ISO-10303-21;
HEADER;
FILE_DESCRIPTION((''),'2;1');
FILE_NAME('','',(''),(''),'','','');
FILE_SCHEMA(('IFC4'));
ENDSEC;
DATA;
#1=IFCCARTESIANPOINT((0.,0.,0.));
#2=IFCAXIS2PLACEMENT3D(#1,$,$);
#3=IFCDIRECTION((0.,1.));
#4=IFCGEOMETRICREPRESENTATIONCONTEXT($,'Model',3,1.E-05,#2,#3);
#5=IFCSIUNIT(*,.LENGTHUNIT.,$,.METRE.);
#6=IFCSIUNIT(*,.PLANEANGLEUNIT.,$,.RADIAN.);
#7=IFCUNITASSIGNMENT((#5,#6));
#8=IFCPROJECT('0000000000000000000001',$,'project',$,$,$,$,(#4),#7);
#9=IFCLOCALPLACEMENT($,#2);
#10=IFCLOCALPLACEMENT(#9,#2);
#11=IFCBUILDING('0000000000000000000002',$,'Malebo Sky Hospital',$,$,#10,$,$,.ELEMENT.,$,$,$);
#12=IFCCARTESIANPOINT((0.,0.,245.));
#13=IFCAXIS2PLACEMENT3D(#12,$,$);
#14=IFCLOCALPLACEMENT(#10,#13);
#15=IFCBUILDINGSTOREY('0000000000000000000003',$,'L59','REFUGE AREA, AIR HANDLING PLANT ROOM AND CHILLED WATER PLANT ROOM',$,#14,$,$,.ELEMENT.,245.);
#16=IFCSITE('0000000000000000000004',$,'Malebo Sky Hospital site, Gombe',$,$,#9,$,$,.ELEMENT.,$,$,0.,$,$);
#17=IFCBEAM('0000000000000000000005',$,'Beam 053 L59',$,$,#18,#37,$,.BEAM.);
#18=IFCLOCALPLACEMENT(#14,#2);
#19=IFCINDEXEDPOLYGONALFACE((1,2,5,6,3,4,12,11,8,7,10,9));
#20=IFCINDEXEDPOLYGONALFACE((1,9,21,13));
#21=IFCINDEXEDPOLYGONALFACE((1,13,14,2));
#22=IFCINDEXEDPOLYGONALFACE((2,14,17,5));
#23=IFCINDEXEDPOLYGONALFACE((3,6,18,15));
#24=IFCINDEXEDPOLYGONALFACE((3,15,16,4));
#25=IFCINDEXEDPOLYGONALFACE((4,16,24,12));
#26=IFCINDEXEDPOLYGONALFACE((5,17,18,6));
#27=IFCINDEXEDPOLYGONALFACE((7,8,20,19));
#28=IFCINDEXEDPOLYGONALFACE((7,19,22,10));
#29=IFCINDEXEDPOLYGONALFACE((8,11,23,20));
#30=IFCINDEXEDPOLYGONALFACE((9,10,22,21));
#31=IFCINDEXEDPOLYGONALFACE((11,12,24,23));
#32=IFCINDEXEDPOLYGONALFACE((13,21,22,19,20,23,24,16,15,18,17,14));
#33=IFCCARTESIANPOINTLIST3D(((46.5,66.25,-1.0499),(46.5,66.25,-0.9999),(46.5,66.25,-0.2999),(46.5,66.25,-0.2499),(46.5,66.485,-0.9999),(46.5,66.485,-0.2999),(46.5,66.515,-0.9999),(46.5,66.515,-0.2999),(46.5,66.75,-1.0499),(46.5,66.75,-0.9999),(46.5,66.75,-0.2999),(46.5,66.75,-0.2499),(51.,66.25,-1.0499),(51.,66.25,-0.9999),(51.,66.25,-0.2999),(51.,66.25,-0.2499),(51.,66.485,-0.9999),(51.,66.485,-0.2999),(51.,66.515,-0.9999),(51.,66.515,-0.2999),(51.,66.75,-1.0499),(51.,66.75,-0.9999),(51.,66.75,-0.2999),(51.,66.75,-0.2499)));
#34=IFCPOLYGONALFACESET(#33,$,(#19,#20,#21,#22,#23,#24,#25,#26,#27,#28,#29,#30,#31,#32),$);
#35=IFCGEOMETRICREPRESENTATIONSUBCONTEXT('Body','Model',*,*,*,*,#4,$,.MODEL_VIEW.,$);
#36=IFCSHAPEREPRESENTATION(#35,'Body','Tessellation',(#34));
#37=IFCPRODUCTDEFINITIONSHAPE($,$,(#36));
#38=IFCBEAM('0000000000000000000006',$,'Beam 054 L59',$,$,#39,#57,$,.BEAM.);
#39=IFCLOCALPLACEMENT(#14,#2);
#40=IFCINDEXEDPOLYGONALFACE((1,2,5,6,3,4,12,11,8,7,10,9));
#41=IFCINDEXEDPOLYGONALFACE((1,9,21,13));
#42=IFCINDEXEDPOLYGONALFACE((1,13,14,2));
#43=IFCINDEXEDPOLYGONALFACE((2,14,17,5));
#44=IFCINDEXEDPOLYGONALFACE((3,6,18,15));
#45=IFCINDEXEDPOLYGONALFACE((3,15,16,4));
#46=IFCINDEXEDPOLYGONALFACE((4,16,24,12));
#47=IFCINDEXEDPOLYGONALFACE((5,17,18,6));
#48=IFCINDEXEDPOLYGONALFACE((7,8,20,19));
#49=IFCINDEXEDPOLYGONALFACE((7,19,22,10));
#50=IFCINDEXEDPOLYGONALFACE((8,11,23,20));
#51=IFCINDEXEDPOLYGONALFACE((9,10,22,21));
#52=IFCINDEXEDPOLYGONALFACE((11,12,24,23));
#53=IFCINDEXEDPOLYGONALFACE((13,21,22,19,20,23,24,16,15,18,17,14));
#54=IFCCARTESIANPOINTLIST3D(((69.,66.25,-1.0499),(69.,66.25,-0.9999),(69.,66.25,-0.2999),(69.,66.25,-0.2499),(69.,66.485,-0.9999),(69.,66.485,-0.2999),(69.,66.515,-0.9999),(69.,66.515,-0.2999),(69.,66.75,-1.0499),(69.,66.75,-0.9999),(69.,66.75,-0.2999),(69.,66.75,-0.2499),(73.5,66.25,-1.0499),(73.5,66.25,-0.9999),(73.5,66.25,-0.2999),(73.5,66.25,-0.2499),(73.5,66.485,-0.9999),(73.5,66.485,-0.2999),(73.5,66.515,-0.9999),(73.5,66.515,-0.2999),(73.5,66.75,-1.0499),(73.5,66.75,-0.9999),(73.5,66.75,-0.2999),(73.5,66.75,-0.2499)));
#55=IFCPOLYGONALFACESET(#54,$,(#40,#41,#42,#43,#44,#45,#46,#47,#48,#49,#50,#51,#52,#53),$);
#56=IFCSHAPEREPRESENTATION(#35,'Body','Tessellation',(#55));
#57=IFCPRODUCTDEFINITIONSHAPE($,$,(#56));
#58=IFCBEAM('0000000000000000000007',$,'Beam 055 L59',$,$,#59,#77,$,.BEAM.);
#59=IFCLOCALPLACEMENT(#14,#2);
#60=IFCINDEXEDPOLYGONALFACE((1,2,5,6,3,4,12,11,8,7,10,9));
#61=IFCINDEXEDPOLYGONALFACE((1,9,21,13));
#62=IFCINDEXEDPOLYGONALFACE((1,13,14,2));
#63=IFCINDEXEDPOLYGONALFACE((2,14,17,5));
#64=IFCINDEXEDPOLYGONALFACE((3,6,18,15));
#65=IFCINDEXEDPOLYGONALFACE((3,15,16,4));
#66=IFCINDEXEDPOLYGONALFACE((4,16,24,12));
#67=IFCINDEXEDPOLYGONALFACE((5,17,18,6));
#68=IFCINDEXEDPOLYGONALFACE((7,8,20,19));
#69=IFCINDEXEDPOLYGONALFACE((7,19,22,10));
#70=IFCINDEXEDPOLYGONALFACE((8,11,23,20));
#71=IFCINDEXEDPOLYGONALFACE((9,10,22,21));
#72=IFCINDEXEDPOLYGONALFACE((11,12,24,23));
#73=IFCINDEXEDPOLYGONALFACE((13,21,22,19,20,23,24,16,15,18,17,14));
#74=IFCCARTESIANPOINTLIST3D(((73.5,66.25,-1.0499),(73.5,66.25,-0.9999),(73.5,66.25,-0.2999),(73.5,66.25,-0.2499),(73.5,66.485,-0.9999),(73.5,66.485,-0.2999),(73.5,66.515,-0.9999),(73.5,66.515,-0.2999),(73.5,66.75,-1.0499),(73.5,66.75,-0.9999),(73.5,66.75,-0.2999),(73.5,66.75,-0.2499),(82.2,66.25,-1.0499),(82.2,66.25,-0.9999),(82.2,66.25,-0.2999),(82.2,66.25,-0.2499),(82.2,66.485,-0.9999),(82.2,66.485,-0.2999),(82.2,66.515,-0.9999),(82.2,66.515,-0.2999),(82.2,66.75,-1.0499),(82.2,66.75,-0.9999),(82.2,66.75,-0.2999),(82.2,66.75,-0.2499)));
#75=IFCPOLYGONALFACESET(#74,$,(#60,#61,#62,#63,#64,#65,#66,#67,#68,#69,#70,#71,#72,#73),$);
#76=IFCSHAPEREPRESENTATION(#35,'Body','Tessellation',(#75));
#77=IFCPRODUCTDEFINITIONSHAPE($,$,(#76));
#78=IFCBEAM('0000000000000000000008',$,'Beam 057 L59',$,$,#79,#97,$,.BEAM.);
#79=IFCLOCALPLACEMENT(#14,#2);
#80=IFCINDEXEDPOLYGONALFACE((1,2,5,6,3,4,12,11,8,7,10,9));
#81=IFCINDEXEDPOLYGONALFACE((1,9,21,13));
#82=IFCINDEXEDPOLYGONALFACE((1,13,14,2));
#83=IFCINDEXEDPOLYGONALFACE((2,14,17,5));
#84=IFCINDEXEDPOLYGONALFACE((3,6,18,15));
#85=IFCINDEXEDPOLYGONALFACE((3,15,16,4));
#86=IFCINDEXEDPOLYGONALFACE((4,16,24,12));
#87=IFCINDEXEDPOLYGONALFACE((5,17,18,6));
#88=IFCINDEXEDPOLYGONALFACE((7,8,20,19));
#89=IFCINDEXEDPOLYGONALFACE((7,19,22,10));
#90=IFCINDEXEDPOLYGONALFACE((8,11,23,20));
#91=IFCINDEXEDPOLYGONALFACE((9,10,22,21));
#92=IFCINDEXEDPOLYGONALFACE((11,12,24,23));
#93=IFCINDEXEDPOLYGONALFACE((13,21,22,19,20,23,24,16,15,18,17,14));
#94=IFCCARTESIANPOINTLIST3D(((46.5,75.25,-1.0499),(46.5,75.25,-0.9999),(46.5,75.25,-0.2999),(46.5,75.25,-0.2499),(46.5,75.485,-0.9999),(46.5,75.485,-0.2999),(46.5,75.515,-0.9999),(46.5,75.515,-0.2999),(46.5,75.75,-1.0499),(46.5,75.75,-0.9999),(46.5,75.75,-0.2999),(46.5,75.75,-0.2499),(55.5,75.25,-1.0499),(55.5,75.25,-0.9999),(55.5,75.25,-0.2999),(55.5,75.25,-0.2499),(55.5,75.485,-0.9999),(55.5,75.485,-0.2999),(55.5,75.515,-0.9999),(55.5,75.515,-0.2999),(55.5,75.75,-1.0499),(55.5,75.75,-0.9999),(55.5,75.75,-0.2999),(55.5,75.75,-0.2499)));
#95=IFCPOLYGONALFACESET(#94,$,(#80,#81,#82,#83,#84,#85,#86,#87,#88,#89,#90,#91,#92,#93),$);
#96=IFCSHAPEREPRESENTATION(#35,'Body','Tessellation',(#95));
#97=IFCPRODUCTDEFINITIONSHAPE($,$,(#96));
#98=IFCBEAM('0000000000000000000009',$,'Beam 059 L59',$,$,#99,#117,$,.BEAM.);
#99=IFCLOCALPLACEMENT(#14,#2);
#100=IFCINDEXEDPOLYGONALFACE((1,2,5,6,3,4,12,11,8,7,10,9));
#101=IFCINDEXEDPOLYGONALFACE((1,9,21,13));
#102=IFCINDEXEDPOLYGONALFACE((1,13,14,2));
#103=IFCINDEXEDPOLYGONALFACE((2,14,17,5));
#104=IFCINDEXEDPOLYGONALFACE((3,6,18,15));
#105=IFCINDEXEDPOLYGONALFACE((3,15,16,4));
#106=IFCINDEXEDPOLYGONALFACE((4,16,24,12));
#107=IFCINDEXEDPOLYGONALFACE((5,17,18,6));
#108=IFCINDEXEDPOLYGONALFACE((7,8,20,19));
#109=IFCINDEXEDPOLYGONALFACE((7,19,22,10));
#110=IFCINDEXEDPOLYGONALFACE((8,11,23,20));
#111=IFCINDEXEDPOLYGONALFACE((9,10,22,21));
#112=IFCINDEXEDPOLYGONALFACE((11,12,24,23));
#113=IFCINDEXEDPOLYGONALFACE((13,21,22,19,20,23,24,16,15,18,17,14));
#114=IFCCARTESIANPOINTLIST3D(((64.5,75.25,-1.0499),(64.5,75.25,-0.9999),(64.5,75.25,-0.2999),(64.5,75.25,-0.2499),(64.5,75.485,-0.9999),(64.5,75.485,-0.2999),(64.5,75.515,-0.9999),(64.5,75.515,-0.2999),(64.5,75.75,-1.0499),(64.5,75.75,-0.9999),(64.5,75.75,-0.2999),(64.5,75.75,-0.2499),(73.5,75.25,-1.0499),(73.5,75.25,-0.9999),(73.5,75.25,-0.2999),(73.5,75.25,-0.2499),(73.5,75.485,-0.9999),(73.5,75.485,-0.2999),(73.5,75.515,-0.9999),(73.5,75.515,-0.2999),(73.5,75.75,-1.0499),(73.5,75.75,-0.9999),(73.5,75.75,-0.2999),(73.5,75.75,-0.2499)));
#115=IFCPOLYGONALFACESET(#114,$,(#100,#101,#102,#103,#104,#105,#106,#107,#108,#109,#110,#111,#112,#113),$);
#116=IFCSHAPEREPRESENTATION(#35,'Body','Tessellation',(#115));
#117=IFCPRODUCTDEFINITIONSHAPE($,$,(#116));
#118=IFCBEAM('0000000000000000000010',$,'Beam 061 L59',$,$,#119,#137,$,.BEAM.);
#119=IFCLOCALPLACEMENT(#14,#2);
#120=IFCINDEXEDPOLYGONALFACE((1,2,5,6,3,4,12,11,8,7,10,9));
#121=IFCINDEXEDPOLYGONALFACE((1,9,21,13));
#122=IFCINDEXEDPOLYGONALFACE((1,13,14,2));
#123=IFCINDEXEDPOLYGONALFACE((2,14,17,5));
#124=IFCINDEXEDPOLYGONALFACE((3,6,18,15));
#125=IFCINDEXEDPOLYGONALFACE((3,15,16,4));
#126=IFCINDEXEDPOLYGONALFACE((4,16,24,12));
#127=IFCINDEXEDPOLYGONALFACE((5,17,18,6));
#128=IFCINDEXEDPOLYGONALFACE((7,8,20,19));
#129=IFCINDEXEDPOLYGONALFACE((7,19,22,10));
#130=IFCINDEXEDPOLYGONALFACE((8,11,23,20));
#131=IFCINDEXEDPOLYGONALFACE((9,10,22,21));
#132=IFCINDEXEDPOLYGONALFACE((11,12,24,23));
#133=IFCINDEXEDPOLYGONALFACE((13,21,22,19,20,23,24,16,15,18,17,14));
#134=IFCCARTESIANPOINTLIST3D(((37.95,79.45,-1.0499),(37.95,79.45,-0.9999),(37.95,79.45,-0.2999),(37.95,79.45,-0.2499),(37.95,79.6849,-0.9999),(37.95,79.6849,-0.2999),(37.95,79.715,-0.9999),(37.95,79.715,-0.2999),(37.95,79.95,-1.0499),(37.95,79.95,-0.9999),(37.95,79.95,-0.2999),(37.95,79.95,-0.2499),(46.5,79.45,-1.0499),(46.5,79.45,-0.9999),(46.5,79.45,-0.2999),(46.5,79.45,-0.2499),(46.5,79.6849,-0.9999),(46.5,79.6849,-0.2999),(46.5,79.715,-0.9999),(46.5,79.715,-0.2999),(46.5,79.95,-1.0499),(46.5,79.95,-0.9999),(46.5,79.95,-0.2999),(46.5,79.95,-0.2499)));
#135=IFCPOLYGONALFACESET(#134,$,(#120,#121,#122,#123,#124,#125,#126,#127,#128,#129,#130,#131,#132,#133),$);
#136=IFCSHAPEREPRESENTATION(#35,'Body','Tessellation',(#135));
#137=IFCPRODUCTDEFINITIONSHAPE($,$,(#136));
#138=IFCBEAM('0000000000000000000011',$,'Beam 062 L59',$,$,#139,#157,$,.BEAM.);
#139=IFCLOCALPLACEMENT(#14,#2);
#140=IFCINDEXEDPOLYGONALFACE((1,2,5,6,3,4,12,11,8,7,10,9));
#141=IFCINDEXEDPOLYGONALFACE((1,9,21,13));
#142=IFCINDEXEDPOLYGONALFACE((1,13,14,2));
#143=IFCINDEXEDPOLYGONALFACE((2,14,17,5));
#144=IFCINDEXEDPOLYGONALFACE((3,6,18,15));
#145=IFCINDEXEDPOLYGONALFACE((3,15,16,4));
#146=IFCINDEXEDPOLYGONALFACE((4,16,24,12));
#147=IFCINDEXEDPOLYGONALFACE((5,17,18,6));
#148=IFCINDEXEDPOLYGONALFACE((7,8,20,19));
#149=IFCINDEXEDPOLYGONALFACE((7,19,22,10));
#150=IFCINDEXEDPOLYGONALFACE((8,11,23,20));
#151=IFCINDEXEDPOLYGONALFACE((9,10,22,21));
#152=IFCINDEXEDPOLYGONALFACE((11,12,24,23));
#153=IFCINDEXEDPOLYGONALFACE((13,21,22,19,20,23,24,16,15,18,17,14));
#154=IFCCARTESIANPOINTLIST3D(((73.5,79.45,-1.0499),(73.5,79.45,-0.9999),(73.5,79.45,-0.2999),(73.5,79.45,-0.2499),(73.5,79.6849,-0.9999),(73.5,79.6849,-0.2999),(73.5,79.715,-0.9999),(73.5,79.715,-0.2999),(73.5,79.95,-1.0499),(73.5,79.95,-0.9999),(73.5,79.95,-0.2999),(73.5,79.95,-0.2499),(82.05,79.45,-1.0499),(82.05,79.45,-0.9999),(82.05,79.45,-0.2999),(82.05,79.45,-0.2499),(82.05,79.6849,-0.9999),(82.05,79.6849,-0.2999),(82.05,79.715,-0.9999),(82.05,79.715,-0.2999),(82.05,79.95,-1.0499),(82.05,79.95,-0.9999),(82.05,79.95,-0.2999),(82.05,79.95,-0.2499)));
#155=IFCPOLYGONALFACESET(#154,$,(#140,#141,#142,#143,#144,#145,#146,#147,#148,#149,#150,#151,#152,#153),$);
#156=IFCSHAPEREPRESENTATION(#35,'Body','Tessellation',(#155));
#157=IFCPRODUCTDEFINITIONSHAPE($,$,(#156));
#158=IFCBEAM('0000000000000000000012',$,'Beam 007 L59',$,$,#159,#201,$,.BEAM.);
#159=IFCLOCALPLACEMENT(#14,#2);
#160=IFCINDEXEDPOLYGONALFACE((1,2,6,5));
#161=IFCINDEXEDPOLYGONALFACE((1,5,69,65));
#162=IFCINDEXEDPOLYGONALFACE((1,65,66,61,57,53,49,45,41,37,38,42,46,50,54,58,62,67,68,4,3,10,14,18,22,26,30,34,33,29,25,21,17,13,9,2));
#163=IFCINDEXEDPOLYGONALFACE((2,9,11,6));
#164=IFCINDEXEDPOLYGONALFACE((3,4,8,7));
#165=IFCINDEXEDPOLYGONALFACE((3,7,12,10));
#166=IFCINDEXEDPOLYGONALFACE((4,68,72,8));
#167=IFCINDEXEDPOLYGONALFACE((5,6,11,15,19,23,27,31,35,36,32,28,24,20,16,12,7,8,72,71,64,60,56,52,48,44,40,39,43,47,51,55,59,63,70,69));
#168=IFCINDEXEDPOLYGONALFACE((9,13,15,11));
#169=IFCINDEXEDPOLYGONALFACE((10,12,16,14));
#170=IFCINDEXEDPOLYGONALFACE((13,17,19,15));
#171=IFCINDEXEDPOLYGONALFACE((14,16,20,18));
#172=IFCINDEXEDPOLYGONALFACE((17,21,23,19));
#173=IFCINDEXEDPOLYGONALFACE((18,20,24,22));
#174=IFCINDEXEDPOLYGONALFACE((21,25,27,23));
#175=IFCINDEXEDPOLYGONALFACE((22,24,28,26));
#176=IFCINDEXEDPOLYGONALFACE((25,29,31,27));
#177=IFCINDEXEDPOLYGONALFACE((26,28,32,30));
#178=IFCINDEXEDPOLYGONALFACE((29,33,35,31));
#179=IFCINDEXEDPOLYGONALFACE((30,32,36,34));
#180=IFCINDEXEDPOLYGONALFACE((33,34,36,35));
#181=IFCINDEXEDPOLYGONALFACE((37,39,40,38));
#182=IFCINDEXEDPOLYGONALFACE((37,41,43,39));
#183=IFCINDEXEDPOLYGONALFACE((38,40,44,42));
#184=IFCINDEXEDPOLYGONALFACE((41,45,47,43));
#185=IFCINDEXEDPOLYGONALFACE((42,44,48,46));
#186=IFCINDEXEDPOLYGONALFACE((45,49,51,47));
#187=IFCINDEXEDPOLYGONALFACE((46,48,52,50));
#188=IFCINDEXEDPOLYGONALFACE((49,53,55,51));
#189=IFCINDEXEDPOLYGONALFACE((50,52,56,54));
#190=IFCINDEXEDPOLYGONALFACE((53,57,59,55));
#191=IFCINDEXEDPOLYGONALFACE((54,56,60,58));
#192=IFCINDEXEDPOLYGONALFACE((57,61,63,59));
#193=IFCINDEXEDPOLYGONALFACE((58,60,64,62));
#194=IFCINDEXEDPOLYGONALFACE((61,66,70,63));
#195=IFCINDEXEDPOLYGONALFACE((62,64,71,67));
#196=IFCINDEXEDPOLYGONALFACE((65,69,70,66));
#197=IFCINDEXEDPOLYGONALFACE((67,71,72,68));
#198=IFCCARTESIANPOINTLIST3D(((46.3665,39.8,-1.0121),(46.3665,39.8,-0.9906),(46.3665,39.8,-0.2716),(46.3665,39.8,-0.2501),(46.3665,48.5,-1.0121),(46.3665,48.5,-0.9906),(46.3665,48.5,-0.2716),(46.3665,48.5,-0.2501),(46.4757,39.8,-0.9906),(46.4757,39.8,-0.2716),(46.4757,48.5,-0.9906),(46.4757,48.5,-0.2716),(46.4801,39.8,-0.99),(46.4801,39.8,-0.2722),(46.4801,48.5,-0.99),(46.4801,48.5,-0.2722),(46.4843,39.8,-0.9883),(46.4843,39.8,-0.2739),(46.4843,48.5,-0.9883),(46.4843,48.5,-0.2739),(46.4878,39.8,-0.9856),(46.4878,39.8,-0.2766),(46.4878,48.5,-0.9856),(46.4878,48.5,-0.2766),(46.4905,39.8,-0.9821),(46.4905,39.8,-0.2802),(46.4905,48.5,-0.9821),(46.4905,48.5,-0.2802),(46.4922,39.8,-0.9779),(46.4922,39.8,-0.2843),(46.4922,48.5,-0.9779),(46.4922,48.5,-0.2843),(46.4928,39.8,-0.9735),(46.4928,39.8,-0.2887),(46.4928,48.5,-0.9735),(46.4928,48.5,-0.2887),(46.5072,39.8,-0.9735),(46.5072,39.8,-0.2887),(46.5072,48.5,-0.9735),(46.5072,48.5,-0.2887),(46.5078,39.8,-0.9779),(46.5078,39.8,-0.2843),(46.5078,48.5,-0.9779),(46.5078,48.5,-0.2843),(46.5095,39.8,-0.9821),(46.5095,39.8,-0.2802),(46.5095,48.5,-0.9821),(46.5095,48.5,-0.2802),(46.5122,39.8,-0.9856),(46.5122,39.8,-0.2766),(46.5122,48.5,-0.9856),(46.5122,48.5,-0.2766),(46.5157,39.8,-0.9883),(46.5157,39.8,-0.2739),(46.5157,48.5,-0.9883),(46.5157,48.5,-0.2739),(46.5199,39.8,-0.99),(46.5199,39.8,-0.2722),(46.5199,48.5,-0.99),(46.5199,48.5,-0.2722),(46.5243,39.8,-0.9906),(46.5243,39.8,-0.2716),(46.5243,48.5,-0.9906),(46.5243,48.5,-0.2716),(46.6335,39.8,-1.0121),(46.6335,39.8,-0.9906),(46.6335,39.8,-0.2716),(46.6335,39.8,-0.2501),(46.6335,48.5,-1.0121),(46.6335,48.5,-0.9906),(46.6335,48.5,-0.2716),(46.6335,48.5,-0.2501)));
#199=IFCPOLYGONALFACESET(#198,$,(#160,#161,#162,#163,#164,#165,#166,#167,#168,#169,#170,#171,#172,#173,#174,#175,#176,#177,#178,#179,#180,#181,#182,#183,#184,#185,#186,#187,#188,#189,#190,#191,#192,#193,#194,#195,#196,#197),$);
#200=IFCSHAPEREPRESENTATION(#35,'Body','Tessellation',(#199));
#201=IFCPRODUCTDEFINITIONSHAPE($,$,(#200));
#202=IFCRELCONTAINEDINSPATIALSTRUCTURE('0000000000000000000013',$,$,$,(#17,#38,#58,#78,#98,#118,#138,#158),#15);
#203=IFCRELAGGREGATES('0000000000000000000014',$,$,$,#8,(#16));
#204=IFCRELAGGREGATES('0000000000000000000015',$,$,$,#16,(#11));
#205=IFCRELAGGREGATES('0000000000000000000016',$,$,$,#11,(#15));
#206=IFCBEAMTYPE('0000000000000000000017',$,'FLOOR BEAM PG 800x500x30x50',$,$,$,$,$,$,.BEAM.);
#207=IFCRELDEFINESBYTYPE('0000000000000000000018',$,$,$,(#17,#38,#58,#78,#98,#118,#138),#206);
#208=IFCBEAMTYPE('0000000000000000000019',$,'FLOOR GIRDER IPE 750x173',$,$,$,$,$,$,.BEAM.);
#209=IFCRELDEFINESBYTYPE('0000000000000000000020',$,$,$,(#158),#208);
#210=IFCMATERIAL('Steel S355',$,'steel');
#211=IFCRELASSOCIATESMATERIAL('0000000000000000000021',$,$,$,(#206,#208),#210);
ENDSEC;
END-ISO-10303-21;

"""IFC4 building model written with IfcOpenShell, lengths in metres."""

from ifc_helpers import new_model, si_unit, direction, frame, origin, origin_2d, place, context, subcontext, project, spatial, i_section, extrude, material, material_profile, profile_set, type_object, element, save


model = new_model("IFC4")

# Units and contexts
model_context = context("Model", 3, precision=1e-05, world=origin(), true_north=direction((0.0, 1.0)))
body_context = subcontext(model_context, "Body", "Model", "MODEL_VIEW")
ifc_project = project(units=[si_unit("LENGTHUNIT", "METRE"), si_unit("PLANEANGLEUNIT", "RADIAN")], contexts=[model_context])

# Site, building, storey
site_placement = place(None, origin())
site = spatial("IfcSite", under=ifc_project, at=site_placement, Name="Malebo Sky Hospital site, Gombe", CompositionType="ELEMENT", RefElevation=0.0)
building_placement = place(site_placement, origin())
building = spatial("IfcBuilding", under=site, at=building_placement, Name="Malebo Sky Hospital", CompositionType="ELEMENT")
storey_placement = place(building_placement, frame((0.0, 0.0, 245.0)))
storey = spatial("IfcBuildingStorey", under=building, at=storey_placement, Name="L59", Description="REFUGE AREA, AIR HANDLING PLANT ROOM AND CHILLED WATER PLANT ROOM", CompositionType="ELEMENT", Elevation=245.0)

# Beams
ifc_material = material(Name="Steel S355", Category="steel")
ifc_material_profile_1 = material_profile(ifc_material, i_section(OverallWidth=0.5, OverallDepth=0.8, WebThickness=0.03, FlangeThickness=0.05, at=origin_2d()), Name="PG 800x500x30x50")
ifc_profile_set_1 = profile_set([ifc_material_profile_1], Name="Steel S355")
beam_type_1 = type_object("IfcBeamType", Name="FLOOR BEAM PG 800x500x30x50", PredefinedType="BEAM", material=ifc_profile_set_1)
for number, where, z_axis, x_axis, name in (
    (1, (46.5, 66.5, -0.6499), (1.0, 0.0, 0.0), (0.0, 1.0, 0.0), "Beam 053 L59"),
    (2, (69.0, 66.5, -0.6499), (1.0, 0.0, 0.0), (0.0, 1.0, 0.0), "Beam 054 L59"),
):
    element("IfcBeam", number, at=place(storey_placement, frame(where, z_axis=z_axis, x_axis=x_axis)), inside=storey, type_object=beam_type_1, Name=name, PredefinedType="BEAM", context=body_context, shape_type="SweptSolid", body=[
        extrude(i_section(OverallWidth=0.5, OverallDepth=0.8, WebThickness=0.03, FlangeThickness=0.05, at=origin_2d()), origin(), (0.0, 0.0, 1.0), 4.5),
    ])
beam_1_placement = place(storey_placement, frame((73.5, 66.5, -0.6499), z_axis=(1.0, 0.0, 0.0), x_axis=(0.0, 1.0, 0.0)))
element("IfcBeam", 3, at=beam_1_placement, inside=storey, type_object=beam_type_1, Name="Beam 055 L59", PredefinedType="BEAM", context=body_context, shape_type="SweptSolid", body=[
    extrude(i_section(OverallWidth=0.5, OverallDepth=0.8, WebThickness=0.03, FlangeThickness=0.05, at=origin_2d()), origin(), (0.0, 0.0, 1.0), 8.7),
])
for number, where, z_axis, x_axis, name in (
    (4, (46.5, 75.5, -0.6499), (1.0, 0.0, 0.0), (0.0, 1.0, 0.0), "Beam 057 L59"),
    (5, (64.5, 75.5, -0.6499), (1.0, 0.0, 0.0), (0.0, 1.0, 0.0), "Beam 059 L59"),
):
    element("IfcBeam", number, at=place(storey_placement, frame(where, z_axis=z_axis, x_axis=x_axis)), inside=storey, type_object=beam_type_1, Name=name, PredefinedType="BEAM", context=body_context, shape_type="SweptSolid", body=[
        extrude(i_section(OverallWidth=0.5, OverallDepth=0.8, WebThickness=0.03, FlangeThickness=0.05, at=origin_2d()), origin(), (0.0, 0.0, 1.0), 9.0),
    ])
for number, where, z_axis, x_axis, name in (
    (6, (37.95, 79.7, -0.6499), (1.0, 0.0, 0.0), (0.0, 1.0, 0.0), "Beam 061 L59"),
    (7, (73.5, 79.7, -0.6499), (1.0, 0.0, 0.0), (0.0, 1.0, 0.0), "Beam 062 L59"),
):
    element("IfcBeam", number, at=place(storey_placement, frame(where, z_axis=z_axis, x_axis=x_axis)), inside=storey, type_object=beam_type_1, Name=name, PredefinedType="BEAM", context=body_context, shape_type="SweptSolid", body=[
        extrude(i_section(OverallWidth=0.5, OverallDepth=0.8, WebThickness=0.03, FlangeThickness=0.05, at=origin_2d()), origin(), (0.0, 0.0, 1.0), 8.55),
    ])
ifc_material_profile_2 = material_profile(ifc_material, i_section(OverallWidth=0.2671, OverallDepth=0.762, WebThickness=0.0144, FlangeThickness=0.0215, FilletRadius=0.0171, at=origin_2d()), Name="IPE 750x173")
ifc_profile_set_2 = profile_set([ifc_material_profile_2], Name="Steel S355")
beam_type_2 = type_object("IfcBeamType", Name="FLOOR GIRDER IPE 750x173", PredefinedType="BEAM", material=ifc_profile_set_2)
for number, where, z_axis, x_axis, name in (
    (8, (46.5, 39.8, -0.6311), (0.0, 1.0, 0.0), (-1.0, 0.0, 0.0), "Beam 007 L59"),
):
    element("IfcBeam", number, at=place(storey_placement, frame(where, z_axis=z_axis, x_axis=x_axis)), inside=storey, type_object=beam_type_2, Name=name, PredefinedType="BEAM", context=body_context, shape_type="SweptSolid", body=[
        extrude(i_section(OverallWidth=0.2671, OverallDepth=0.762, WebThickness=0.0144, FlangeThickness=0.0215, FilletRadius=0.0171, at=origin_2d()), origin(), (0.0, 0.0, 1.0), 8.7),
    ])

save(model, "model.ifc")
